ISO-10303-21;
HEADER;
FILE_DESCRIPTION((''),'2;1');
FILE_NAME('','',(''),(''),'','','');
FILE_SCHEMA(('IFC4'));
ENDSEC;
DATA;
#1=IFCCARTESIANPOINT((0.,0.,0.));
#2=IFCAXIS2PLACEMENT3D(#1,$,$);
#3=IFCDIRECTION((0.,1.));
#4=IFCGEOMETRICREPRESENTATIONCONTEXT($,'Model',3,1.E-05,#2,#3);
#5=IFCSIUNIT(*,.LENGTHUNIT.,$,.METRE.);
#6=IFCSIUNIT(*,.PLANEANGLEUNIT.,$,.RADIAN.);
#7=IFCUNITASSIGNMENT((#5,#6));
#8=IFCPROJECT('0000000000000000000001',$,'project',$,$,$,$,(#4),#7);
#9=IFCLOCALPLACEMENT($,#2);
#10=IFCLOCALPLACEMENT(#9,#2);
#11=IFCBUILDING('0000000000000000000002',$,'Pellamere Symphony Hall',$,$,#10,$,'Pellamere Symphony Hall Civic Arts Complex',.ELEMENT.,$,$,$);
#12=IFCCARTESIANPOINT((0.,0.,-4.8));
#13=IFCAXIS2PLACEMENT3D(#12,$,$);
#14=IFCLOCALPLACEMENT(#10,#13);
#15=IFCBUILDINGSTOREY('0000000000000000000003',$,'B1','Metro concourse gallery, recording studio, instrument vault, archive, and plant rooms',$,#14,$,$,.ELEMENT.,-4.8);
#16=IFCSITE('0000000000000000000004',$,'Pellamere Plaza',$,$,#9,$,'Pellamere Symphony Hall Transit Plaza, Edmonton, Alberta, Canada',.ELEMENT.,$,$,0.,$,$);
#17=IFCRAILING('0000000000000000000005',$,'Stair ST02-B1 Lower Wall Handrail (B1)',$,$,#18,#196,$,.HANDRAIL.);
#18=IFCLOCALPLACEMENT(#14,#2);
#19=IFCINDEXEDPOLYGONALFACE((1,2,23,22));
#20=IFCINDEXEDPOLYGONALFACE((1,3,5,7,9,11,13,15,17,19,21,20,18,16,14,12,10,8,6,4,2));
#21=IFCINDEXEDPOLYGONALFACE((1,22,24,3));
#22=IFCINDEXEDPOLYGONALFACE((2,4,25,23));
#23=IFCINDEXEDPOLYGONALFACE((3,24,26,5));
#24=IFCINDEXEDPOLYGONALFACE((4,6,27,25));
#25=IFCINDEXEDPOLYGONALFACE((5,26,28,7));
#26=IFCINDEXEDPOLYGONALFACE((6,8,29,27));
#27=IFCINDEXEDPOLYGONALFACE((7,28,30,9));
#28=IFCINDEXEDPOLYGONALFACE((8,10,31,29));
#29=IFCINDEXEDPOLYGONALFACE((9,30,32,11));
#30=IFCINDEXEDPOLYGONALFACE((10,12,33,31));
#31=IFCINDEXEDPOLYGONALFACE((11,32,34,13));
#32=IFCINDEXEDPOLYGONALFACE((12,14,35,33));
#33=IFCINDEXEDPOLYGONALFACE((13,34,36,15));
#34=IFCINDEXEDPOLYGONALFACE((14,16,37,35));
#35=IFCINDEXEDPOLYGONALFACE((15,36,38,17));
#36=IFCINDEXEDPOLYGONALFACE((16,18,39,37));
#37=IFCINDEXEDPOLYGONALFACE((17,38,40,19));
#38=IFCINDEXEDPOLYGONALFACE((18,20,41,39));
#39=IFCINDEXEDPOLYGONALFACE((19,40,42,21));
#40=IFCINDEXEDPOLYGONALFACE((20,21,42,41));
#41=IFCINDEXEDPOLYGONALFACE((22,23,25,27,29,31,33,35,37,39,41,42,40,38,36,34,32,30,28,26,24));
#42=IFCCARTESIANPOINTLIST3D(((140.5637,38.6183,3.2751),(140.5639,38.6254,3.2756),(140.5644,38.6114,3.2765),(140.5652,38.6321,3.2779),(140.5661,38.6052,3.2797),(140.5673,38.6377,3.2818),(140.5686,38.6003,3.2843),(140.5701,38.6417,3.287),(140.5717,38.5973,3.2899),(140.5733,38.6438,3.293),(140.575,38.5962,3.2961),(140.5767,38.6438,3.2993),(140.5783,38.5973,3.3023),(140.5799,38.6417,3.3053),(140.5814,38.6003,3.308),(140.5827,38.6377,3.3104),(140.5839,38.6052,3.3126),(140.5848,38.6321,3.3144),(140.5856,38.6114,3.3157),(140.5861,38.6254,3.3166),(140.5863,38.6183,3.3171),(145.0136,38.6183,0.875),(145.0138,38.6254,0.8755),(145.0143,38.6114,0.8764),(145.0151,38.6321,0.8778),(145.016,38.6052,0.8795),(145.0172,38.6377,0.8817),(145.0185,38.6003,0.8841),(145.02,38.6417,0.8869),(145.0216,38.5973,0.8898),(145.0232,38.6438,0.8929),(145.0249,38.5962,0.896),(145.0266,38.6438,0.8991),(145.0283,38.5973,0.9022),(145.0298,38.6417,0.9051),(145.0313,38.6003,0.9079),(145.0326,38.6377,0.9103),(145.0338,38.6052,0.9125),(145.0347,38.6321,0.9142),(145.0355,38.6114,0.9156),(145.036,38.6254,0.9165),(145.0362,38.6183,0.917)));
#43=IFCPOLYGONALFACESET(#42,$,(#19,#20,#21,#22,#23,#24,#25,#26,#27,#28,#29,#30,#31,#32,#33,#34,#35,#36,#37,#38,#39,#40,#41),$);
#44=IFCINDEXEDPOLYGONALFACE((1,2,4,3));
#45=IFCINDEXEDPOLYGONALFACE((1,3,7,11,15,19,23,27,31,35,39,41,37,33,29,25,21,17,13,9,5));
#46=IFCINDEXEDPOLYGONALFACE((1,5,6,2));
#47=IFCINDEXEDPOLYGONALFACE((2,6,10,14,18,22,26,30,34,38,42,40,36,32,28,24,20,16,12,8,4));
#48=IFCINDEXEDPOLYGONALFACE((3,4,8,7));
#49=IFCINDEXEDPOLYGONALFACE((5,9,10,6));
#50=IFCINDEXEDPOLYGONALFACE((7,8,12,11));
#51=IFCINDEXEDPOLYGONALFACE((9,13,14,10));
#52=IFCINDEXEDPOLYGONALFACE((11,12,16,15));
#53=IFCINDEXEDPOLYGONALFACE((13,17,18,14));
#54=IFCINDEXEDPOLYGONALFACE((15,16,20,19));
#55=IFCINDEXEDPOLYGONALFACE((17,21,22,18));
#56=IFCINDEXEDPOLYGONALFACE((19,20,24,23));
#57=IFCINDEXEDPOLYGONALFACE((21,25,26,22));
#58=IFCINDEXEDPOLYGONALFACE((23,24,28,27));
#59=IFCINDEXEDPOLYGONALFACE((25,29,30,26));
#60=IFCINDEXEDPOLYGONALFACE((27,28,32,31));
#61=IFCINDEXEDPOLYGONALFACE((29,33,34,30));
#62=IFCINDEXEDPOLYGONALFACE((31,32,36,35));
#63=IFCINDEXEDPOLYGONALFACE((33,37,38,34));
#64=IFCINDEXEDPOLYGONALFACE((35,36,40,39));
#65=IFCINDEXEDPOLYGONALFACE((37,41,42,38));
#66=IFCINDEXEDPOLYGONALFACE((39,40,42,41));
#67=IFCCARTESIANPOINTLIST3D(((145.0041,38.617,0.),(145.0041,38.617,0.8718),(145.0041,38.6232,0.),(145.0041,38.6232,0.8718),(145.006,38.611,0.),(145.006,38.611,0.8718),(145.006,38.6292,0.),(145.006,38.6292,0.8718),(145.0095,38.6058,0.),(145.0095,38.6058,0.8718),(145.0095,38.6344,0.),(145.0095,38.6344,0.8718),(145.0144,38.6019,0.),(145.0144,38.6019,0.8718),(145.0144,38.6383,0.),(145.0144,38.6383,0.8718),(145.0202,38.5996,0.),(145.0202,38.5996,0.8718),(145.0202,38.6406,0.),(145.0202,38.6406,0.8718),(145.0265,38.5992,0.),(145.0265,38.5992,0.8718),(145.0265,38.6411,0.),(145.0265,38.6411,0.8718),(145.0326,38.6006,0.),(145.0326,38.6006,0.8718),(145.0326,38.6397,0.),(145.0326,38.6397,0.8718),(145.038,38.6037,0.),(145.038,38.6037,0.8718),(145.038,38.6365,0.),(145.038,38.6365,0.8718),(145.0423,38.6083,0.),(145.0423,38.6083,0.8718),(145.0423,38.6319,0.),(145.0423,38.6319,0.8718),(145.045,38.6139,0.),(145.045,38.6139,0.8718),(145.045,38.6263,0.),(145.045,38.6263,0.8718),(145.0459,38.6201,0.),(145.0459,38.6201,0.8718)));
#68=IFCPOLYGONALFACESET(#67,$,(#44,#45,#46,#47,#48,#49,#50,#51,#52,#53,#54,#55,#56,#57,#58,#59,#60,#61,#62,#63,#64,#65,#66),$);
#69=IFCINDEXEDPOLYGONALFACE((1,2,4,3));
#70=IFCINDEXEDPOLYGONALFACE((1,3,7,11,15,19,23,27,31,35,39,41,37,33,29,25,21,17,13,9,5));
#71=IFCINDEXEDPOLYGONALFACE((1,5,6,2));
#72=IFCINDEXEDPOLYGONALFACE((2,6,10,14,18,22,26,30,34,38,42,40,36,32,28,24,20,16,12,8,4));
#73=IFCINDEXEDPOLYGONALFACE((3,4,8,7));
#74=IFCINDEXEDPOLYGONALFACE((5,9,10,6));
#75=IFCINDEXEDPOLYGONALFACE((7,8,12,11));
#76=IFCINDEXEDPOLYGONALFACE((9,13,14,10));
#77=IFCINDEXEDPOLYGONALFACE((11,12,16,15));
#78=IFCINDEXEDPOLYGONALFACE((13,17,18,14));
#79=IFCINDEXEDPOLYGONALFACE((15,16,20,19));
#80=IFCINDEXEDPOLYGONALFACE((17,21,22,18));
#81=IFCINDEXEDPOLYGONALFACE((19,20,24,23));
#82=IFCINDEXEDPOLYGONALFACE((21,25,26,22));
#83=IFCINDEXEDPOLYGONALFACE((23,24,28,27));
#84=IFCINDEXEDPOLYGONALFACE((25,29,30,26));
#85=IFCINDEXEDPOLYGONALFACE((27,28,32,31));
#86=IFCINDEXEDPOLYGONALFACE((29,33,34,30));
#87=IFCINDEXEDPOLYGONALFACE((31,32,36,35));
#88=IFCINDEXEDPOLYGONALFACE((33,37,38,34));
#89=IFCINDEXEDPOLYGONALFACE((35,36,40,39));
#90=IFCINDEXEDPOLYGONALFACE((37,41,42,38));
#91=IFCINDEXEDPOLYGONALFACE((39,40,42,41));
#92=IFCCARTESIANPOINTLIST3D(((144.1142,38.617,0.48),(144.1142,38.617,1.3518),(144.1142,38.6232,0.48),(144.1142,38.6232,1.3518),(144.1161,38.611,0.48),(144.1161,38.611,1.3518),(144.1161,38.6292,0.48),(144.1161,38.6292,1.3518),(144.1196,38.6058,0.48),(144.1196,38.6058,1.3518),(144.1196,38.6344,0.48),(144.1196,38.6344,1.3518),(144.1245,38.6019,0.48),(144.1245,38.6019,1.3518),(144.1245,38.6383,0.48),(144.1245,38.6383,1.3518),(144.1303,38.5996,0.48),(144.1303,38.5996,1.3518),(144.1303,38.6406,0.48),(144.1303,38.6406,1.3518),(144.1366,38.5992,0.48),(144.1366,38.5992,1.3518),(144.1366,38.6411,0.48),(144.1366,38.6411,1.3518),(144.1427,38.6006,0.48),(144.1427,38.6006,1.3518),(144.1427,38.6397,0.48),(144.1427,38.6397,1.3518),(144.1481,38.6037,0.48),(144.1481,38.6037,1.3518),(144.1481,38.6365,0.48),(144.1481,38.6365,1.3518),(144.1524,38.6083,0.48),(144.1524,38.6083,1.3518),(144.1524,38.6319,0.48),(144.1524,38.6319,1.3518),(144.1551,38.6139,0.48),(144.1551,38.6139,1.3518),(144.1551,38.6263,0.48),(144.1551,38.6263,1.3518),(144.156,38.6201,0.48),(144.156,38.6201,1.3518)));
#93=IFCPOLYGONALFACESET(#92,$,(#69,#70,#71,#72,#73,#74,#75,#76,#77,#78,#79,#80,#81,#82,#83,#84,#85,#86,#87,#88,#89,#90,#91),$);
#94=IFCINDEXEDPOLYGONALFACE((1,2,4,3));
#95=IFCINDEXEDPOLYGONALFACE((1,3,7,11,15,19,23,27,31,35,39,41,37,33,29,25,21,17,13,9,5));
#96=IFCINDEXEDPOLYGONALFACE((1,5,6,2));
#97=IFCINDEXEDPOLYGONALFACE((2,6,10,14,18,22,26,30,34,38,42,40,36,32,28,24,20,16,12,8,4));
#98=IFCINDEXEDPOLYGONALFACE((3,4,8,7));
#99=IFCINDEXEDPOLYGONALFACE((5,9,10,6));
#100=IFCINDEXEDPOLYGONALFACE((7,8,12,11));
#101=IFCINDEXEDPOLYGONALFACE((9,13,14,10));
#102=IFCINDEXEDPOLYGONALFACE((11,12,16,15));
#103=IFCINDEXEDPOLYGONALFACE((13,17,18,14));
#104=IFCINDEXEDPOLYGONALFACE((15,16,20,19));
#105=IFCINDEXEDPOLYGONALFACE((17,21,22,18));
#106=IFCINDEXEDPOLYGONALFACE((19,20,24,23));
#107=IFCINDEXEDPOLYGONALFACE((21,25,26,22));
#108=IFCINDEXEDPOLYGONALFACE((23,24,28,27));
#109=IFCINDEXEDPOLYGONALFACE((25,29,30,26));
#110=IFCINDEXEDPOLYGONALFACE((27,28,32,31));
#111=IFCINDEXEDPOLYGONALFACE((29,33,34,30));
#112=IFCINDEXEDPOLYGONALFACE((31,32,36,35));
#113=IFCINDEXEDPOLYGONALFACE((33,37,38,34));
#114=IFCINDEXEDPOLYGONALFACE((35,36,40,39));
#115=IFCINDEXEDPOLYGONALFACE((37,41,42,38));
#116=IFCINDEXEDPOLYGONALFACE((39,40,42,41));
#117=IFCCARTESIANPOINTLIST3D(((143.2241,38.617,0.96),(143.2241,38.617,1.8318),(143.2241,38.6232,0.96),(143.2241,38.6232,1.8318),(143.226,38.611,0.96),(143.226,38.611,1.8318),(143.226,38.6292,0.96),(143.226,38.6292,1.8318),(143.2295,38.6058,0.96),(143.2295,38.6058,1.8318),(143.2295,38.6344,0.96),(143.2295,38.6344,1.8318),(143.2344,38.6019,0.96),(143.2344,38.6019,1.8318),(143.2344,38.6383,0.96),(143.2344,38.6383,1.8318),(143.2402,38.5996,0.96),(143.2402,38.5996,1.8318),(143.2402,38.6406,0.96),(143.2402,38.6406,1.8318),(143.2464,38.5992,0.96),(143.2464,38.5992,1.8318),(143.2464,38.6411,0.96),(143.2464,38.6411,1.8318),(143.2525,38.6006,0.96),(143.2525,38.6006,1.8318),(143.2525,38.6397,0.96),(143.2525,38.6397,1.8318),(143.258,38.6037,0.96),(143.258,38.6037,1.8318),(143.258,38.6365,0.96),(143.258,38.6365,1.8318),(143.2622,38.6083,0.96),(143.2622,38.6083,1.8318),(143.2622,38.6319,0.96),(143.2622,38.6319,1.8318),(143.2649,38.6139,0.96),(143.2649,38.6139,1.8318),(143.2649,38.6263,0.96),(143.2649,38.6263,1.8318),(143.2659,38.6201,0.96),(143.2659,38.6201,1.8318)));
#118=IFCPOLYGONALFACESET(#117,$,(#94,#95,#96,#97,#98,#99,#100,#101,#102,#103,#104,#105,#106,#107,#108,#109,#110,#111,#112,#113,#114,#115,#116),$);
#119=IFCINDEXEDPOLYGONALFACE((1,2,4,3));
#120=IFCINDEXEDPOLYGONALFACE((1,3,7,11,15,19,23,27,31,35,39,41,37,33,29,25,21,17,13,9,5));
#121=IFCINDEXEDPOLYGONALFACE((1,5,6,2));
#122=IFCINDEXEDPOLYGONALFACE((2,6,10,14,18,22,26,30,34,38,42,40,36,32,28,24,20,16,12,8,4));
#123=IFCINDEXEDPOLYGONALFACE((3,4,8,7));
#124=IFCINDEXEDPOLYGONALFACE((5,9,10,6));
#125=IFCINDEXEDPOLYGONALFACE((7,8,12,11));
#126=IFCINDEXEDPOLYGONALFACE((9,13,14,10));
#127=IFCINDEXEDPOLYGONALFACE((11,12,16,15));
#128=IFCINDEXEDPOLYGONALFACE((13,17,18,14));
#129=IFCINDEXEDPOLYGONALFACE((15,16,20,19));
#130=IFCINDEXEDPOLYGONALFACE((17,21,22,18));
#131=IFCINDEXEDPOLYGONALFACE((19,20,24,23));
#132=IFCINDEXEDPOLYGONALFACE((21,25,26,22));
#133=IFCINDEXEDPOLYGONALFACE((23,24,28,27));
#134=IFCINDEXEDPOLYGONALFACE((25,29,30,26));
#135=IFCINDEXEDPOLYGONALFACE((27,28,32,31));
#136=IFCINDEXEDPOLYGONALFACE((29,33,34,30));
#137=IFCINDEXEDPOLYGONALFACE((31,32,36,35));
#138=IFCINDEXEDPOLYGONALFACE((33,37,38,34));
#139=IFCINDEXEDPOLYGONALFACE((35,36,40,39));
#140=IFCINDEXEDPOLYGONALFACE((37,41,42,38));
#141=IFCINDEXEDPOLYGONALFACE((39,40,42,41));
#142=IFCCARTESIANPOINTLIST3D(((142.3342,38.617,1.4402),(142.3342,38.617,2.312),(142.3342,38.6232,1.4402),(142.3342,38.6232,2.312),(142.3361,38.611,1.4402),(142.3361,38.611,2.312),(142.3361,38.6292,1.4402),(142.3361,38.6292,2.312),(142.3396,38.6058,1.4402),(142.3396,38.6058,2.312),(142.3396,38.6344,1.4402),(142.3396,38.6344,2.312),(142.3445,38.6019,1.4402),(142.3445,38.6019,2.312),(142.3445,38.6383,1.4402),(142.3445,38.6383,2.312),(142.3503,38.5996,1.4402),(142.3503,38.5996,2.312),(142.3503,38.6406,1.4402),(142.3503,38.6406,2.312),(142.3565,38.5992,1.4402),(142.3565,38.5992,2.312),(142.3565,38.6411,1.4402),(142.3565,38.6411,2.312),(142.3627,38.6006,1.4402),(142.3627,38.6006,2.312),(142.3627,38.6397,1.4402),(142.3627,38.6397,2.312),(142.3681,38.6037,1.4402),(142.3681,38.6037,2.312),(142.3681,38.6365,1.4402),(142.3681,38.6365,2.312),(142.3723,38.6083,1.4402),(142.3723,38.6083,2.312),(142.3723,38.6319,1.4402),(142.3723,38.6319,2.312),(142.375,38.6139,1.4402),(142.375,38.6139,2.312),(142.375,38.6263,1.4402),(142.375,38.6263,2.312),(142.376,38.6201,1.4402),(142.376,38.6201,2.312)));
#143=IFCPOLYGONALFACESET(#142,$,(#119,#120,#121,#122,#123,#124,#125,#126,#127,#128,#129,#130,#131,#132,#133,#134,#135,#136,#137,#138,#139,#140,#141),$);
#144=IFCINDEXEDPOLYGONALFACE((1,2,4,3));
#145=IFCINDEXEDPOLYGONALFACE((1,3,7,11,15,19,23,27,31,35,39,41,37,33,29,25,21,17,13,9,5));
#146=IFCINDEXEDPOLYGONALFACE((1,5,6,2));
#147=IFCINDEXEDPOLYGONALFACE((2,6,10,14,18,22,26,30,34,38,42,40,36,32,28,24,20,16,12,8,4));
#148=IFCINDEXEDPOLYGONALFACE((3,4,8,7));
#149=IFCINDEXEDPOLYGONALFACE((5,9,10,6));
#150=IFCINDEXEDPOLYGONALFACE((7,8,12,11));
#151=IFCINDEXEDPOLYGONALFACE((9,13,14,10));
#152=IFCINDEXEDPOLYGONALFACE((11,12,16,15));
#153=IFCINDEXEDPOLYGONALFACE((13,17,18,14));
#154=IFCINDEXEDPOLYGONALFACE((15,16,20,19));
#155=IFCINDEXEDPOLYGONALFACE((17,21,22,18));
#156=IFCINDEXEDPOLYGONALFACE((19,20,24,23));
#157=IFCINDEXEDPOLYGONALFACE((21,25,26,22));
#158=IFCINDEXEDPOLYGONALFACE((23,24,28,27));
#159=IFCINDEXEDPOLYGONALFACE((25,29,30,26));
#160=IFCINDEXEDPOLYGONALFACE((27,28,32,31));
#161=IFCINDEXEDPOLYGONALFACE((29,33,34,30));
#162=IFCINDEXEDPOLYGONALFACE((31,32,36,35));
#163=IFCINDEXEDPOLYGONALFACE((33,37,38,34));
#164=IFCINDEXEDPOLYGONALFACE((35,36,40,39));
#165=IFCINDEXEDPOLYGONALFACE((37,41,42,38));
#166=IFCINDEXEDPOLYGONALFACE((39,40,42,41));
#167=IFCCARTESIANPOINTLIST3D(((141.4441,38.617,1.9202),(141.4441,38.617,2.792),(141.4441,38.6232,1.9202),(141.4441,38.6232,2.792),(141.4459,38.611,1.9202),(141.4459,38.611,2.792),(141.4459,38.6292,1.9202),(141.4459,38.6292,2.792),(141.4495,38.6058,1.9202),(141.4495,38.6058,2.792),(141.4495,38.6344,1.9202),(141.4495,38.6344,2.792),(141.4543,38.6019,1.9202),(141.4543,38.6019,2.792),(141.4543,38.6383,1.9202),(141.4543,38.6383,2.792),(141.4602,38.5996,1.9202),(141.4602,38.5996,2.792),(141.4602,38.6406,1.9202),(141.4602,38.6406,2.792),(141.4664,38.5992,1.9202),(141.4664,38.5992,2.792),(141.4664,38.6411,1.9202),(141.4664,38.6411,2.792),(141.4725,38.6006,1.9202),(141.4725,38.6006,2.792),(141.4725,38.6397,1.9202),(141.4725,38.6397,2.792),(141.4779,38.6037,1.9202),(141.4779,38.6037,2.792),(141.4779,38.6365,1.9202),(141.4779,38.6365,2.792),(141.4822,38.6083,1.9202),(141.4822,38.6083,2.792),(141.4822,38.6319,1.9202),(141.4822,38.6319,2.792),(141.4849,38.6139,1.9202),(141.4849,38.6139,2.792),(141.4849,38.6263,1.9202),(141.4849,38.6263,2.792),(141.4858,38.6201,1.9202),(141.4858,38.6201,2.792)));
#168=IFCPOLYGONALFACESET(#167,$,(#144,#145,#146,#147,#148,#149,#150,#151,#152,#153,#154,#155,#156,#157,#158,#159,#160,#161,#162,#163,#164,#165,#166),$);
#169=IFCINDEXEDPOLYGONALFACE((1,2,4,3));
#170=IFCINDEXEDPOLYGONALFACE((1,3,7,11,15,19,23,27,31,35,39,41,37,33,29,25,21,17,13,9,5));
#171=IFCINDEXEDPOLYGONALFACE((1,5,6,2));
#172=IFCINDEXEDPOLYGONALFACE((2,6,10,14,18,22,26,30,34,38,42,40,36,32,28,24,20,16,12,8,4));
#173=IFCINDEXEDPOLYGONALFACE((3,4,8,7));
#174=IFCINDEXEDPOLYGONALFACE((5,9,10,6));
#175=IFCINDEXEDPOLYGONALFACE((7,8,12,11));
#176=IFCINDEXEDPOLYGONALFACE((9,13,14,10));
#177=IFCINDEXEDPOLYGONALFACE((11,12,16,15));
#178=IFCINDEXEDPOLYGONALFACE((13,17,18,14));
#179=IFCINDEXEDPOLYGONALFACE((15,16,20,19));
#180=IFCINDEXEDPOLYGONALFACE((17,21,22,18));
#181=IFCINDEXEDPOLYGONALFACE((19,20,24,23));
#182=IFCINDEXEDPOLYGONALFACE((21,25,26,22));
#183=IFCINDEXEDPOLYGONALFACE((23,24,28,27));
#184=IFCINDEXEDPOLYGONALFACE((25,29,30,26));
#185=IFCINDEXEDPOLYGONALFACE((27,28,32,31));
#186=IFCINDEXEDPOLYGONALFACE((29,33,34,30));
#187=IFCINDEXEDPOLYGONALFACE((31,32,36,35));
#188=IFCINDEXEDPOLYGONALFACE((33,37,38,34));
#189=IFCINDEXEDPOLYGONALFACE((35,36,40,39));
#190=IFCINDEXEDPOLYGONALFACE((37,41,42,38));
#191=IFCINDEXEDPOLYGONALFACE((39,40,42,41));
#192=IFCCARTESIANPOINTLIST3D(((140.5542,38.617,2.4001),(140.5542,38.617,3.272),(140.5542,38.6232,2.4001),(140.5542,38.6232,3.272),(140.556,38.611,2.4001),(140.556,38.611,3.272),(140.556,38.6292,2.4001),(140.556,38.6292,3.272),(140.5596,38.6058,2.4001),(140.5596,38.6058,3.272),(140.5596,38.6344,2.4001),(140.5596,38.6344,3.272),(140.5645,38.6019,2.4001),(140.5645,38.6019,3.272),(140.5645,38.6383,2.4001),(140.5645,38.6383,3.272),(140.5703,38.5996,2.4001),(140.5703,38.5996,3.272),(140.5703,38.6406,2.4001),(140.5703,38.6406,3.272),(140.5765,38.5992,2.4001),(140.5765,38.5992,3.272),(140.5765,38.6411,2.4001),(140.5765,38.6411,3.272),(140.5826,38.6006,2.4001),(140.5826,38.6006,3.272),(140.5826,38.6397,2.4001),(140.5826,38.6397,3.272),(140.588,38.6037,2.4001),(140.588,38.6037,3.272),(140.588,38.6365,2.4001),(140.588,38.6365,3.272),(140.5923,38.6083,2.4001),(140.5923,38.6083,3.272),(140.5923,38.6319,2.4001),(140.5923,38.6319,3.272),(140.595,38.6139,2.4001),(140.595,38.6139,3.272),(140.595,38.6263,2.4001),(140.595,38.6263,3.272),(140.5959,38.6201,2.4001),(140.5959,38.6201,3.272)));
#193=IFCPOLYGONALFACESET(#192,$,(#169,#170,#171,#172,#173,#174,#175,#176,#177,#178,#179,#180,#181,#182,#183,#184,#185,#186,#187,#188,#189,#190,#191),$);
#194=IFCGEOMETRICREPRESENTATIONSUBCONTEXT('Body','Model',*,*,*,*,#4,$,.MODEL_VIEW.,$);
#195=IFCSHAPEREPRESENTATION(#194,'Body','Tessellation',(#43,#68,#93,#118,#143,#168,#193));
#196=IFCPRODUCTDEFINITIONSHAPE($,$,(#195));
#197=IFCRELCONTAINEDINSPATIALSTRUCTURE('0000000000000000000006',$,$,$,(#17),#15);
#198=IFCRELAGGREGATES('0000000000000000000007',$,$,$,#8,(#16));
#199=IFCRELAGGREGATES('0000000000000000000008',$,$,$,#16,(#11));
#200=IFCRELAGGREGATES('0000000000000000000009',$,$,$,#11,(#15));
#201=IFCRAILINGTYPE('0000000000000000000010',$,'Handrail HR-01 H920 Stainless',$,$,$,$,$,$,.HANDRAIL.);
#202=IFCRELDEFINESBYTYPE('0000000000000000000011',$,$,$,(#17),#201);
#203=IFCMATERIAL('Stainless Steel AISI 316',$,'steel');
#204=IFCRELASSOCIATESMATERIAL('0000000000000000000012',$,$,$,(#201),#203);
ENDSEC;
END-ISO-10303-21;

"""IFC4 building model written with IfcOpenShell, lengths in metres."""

from ifc_helpers import new_model, si_unit, direction, frame, origin, origin_2d, place, context, subcontext, project, spatial, circle, extrude, material, type_object, element, save


model = new_model("IFC4")

# Units and contexts
model_context = context("Model", 3, precision=1e-05, world=origin(), true_north=direction((0.0, 1.0)))
body_context = subcontext(model_context, "Body", "Model", "MODEL_VIEW")
ifc_project = project(units=[si_unit("LENGTHUNIT", "METRE"), si_unit("PLANEANGLEUNIT", "RADIAN")], contexts=[model_context])

# Site, building, storey
site_placement = place(None, origin())
site = spatial("IfcSite", under=ifc_project, at=site_placement, Name="Pellamere Plaza", LongName="Pellamere Symphony Hall Transit Plaza, Edmonton, Alberta, Canada", CompositionType="ELEMENT", RefElevation=0.0)
building_placement = place(site_placement, origin())
building = spatial("IfcBuilding", under=site, at=building_placement, Name="Pellamere Symphony Hall", LongName="Pellamere Symphony Hall Civic Arts Complex", CompositionType="ELEMENT")
storey_placement = place(building_placement, frame((0.0, 0.0, -4.8)))
storey = spatial("IfcBuildingStorey", under=building, at=storey_placement, Name="B1", Description="Metro concourse gallery, recording studio, instrument vault, archive, and plant rooms", CompositionType="ELEMENT", Elevation=-4.8)

# Railing
ifc_material_1 = material(Name="Stainless Steel AISI 316", Category="steel")
railing_type = type_object("IfcRailingType", Name="Handrail HR-01 H920 Stainless", PredefinedType="HANDRAIL", material=ifc_material_1)
railing_placement = place(storey_placement, frame((145.0249, 38.6201, 0.0)))
element("IfcRailing", 1, at=railing_placement, inside=storey, type_object=railing_type, Name="Stair ST02-B1 Lower Wall Handrail (B1)", PredefinedType="HANDRAIL", context=body_context, shape_type="SweptSolid", body=[
    extrude(circle(Radius=0.0239, at=origin_2d()), frame((0.0, 0.0, 0.896), z_axis=(-0.880139, 0.0, 0.474716), x_axis=(0.0, -1.0, 0.0)), (0.0, 0.0, 1.0), 5.0559),
    extrude(circle(Radius=0.021, at=origin_2d()), origin(), (0.0, 0.0, 1.0), 0.8718),
    extrude(circle(Radius=0.021, at=origin_2d()), frame((-0.8899, 0.0, 0.48)), (0.0, 0.0, 1.0), 0.8718),
    extrude(circle(Radius=0.021, at=origin_2d()), frame((-1.78, 0.0, 0.96)), (0.0, 0.0, 1.0), 0.8718),
    extrude(circle(Radius=0.021, at=origin_2d()), frame((-2.6699, 0.0, 1.4402)), (0.0, 0.0, 1.0), 0.8718),
    extrude(circle(Radius=0.021, at=origin_2d()), frame((-3.5601, 0.0, 1.9202)), (0.0, 0.0, 1.0), 0.8718),
    extrude(circle(Radius=0.021, at=origin_2d()), frame((-4.45, 0.0, 2.4001)), (0.0, 0.0, 1.0), 0.8718),
])

save(model, "model.ifc")
